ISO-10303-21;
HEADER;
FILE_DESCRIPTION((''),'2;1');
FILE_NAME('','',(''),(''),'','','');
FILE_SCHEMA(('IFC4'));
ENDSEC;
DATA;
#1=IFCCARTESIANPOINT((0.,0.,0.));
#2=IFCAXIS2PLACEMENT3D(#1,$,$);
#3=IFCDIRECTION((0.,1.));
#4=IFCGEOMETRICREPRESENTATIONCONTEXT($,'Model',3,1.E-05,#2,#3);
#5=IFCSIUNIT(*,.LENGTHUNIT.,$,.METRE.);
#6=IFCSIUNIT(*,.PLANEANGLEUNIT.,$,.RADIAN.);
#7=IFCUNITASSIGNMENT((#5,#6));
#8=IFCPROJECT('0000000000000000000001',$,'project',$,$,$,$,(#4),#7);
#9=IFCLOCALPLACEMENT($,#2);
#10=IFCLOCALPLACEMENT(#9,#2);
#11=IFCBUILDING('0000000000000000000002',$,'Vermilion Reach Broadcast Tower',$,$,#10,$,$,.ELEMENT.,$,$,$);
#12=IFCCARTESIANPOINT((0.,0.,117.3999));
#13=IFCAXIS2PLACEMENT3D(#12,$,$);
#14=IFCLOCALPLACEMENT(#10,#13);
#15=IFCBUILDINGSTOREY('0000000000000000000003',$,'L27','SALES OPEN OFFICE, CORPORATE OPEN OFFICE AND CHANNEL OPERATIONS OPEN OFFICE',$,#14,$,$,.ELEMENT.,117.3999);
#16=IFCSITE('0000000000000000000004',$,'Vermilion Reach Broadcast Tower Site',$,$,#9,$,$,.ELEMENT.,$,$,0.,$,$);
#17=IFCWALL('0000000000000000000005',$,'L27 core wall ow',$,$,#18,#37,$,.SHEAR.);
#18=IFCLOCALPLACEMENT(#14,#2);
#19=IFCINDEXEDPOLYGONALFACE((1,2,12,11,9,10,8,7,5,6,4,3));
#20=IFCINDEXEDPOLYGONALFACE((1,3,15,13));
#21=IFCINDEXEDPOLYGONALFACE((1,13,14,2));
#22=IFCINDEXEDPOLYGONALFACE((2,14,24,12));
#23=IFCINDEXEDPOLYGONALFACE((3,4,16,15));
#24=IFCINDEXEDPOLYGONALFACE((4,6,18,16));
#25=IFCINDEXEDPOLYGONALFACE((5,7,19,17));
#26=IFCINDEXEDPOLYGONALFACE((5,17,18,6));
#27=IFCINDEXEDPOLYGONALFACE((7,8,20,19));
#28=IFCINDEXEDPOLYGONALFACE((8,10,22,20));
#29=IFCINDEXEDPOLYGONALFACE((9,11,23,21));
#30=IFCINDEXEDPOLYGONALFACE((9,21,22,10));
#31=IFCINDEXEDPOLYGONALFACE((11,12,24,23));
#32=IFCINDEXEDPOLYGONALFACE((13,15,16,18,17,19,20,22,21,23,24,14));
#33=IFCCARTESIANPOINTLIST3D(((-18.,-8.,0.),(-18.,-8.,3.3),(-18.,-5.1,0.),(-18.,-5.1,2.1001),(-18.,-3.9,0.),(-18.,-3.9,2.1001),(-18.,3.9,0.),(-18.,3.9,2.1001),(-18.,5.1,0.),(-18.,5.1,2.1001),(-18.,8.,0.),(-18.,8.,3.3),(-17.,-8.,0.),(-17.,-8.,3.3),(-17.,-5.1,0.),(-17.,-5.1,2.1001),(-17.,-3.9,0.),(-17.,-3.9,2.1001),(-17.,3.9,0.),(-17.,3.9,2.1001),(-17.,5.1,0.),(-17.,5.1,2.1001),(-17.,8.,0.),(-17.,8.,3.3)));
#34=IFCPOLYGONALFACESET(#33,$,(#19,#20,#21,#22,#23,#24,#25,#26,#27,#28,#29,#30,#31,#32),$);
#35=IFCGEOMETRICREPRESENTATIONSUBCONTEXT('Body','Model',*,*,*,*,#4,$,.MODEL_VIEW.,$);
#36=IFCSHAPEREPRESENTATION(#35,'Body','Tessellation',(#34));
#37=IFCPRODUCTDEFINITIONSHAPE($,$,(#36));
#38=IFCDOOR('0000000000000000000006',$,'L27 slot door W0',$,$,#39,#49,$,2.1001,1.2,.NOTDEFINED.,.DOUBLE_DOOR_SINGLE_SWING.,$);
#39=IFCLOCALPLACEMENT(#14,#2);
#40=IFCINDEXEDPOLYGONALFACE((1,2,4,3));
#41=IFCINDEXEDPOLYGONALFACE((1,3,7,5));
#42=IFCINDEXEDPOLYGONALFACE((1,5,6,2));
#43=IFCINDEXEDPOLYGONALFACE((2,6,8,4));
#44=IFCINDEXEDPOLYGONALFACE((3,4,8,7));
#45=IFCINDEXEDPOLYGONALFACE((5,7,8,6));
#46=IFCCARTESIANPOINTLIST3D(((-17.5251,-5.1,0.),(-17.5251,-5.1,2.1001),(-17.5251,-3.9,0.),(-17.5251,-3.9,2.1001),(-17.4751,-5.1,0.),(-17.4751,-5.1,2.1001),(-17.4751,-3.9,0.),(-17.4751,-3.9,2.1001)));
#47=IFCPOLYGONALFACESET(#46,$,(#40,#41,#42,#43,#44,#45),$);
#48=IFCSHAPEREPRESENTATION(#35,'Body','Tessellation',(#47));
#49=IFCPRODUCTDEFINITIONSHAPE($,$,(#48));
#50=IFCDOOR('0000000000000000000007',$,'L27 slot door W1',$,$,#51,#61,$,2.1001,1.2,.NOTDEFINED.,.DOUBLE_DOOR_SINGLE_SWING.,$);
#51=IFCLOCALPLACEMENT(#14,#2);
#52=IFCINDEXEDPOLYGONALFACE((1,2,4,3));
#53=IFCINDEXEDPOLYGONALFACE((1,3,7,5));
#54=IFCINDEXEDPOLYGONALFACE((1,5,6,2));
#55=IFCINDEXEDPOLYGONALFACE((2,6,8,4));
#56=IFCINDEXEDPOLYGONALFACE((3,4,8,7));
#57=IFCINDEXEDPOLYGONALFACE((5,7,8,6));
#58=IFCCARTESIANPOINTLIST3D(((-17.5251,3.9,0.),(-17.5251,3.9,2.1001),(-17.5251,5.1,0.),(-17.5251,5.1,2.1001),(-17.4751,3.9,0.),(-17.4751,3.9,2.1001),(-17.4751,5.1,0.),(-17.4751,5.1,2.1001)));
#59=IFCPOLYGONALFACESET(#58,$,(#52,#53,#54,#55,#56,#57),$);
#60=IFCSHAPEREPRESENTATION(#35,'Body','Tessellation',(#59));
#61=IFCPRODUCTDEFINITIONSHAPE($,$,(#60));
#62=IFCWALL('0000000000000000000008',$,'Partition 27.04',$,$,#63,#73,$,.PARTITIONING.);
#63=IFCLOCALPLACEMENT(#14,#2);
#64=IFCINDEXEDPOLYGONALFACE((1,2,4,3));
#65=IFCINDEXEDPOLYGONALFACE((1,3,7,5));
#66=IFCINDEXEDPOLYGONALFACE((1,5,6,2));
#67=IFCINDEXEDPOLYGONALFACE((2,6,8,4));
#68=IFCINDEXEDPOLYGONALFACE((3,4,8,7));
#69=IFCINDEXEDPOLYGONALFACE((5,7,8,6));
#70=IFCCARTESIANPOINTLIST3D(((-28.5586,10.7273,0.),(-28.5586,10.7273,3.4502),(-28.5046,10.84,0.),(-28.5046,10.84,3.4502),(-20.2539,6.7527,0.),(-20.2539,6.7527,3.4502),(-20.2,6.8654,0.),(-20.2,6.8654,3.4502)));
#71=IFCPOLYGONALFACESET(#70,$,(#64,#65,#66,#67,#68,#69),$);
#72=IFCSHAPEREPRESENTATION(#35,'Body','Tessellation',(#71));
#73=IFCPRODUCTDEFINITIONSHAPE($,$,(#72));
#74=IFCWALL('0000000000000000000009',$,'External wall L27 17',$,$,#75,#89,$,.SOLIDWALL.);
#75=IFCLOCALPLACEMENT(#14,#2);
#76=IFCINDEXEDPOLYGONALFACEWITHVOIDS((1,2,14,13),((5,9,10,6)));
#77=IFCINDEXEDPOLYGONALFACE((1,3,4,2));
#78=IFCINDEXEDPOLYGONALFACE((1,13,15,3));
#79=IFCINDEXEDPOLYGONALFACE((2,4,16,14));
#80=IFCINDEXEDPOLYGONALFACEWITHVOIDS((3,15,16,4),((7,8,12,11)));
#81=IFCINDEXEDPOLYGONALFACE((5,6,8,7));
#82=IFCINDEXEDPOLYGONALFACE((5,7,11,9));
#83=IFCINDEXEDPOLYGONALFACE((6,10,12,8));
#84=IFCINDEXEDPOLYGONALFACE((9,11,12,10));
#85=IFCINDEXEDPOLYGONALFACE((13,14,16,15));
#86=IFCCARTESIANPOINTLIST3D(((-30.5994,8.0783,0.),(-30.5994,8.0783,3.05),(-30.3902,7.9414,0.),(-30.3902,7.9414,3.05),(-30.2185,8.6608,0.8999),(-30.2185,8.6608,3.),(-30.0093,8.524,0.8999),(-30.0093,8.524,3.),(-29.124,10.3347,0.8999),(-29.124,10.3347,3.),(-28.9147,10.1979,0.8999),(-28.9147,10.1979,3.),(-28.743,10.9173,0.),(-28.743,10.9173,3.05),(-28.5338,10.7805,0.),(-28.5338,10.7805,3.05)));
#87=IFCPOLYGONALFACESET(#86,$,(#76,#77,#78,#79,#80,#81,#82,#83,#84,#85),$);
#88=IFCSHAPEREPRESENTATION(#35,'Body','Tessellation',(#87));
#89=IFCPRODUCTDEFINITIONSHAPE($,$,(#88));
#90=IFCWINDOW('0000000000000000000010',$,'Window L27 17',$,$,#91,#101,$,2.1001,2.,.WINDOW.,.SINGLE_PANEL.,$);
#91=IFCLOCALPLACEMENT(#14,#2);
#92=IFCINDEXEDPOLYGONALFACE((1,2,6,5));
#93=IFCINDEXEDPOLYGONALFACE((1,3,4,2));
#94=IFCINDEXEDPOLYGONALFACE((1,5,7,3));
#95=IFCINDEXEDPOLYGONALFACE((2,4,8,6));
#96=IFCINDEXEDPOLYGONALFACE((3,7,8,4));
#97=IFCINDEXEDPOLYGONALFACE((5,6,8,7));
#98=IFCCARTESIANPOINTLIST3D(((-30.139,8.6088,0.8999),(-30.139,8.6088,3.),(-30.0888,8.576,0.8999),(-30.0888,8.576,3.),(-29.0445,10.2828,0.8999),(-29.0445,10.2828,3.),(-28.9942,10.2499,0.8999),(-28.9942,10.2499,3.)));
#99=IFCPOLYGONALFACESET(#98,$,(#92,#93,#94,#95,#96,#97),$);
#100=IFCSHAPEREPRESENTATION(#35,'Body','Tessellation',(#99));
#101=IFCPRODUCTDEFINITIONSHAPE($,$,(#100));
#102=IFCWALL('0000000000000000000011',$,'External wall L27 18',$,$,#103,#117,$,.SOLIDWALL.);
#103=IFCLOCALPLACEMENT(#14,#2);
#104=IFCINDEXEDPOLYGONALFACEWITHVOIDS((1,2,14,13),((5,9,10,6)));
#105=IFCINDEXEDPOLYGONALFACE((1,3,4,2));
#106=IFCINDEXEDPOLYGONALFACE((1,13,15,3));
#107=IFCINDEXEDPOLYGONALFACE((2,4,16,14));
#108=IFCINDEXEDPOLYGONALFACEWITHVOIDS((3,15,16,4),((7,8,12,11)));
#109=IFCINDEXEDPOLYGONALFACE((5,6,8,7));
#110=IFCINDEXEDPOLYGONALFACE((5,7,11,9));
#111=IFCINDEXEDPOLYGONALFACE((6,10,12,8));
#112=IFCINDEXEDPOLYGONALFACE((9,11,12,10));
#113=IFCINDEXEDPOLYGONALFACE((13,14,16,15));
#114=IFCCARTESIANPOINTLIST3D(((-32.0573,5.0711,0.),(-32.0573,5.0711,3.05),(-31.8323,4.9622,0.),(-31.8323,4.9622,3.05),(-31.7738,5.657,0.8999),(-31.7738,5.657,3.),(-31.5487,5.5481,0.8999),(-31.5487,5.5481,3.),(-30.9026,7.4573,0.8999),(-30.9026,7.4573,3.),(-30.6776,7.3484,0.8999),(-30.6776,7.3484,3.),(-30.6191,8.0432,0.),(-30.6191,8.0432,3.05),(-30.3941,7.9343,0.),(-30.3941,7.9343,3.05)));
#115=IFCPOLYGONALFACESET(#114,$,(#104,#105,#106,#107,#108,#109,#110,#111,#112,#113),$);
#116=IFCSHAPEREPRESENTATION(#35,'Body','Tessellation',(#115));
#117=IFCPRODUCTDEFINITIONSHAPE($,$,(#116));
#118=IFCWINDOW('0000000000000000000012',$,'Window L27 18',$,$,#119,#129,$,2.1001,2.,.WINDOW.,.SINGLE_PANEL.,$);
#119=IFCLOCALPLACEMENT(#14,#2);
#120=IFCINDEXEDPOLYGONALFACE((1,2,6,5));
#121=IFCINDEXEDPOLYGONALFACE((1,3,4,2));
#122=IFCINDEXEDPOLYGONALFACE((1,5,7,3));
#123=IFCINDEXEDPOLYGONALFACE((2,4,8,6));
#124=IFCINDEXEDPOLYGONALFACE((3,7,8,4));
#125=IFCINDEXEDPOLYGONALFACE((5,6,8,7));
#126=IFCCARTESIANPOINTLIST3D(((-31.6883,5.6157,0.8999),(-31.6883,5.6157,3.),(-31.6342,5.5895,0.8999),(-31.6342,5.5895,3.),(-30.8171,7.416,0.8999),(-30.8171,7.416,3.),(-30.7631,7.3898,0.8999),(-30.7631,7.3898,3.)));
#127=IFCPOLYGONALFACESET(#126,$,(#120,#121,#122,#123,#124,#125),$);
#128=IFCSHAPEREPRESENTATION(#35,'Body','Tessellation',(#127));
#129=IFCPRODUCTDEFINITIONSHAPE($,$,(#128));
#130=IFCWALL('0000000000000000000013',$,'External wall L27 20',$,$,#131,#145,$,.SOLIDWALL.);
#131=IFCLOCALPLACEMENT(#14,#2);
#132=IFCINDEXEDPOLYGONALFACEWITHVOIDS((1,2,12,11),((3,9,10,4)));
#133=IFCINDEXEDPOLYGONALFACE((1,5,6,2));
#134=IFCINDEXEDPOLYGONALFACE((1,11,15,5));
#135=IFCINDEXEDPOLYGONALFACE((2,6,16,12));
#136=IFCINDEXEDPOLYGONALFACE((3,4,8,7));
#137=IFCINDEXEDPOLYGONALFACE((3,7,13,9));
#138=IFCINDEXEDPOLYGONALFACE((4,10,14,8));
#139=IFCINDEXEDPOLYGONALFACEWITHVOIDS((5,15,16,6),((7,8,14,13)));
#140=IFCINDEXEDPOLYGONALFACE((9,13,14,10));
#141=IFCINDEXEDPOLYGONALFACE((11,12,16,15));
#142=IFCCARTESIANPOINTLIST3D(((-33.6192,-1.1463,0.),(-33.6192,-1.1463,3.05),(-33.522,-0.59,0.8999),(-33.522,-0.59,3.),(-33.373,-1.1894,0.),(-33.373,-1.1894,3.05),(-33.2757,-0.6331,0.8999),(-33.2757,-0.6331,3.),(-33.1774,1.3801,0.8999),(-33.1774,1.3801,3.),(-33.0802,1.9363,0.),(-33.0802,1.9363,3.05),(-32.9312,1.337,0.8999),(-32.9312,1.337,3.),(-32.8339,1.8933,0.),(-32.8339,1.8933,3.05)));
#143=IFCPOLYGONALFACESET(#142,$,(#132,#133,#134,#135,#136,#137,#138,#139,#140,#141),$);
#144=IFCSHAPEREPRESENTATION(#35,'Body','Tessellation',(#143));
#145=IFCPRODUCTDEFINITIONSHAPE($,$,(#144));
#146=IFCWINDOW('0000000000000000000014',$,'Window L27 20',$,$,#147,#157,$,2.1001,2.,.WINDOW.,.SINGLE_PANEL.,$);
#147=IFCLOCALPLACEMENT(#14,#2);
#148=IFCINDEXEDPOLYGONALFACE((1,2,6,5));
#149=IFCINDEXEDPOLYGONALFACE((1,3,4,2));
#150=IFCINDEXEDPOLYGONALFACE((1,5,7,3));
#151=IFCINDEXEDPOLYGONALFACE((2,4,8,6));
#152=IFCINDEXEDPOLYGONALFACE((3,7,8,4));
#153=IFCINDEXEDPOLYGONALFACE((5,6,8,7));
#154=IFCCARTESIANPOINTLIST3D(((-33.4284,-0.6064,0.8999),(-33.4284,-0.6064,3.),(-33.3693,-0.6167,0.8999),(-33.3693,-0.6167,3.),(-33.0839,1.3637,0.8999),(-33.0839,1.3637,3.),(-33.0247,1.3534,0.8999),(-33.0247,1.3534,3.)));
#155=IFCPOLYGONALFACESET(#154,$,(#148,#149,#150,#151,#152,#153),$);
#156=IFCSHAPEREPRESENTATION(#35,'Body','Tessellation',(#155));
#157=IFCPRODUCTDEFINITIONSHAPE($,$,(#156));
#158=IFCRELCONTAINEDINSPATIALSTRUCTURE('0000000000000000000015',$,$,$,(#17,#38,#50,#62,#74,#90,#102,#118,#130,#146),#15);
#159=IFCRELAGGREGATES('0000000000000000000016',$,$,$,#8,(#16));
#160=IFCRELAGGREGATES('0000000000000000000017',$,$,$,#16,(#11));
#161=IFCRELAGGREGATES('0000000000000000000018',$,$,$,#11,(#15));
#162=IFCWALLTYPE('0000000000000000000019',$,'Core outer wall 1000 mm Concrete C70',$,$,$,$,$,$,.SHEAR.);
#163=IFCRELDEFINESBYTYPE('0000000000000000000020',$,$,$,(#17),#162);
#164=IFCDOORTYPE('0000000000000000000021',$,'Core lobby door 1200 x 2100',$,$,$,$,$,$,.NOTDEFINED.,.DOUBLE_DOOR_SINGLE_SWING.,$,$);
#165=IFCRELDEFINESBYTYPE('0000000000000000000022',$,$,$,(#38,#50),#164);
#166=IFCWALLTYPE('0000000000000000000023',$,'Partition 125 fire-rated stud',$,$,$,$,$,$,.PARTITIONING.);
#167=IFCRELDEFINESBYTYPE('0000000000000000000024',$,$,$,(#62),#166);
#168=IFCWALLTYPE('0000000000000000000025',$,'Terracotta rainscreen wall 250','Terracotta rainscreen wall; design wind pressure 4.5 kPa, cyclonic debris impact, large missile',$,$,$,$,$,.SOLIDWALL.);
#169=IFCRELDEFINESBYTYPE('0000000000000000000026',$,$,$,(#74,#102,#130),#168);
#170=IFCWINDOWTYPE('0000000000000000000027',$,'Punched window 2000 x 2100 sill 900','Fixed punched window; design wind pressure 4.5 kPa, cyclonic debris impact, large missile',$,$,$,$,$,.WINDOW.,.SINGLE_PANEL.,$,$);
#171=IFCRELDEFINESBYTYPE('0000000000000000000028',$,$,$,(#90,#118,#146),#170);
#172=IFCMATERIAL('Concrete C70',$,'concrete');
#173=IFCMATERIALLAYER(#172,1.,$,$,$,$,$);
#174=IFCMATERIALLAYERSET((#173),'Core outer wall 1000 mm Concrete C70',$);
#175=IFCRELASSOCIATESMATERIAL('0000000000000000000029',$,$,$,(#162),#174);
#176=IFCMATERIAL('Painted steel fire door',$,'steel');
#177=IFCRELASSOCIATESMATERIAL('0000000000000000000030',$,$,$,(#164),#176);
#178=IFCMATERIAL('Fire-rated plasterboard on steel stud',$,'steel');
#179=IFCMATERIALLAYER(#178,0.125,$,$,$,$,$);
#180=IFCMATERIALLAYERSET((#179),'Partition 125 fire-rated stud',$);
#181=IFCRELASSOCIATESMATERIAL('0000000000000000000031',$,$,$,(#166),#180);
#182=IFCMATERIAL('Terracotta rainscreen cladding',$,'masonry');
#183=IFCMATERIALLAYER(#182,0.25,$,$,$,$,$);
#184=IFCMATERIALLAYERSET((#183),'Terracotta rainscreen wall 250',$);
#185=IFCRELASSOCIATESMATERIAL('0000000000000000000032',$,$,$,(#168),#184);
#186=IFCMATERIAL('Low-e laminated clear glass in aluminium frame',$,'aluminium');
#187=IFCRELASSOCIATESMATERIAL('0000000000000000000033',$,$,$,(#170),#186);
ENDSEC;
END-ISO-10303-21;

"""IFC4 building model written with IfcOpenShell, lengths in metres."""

from ifc_helpers import new_model, si_unit, direction, frame, frame_2d, origin, place, context, subcontext, project, spatial, rectangle, extrude, material, layer, layer_set, type_object, element, fill, save


model = new_model("IFC4")

# Units and contexts
model_context = context("Model", 3, precision=1e-05, world=origin(), true_north=direction((0.0, 1.0)))
body_context = subcontext(model_context, "Body", "Model", "MODEL_VIEW")
ifc_project = project(units=[si_unit("LENGTHUNIT", "METRE"), si_unit("PLANEANGLEUNIT", "RADIAN")], contexts=[model_context])

# Site, building, storey
site_placement = place(None, origin())
site = spatial("IfcSite", under=ifc_project, at=site_placement, Name="Vermilion Reach Broadcast Tower Site", CompositionType="ELEMENT", RefElevation=0.0)
building_placement = place(site_placement, origin())
building = spatial("IfcBuilding", under=site, at=building_placement, Name="Vermilion Reach Broadcast Tower", CompositionType="ELEMENT")
storey_placement = place(building_placement, frame((0.0, 0.0, 117.3999)))
storey = spatial("IfcBuildingStorey", under=building, at=storey_placement, Name="L27", Description="SALES OPEN OFFICE, CORPORATE OPEN OFFICE AND CHANNEL OPERATIONS OPEN OFFICE", CompositionType="ELEMENT", Elevation=117.3999)

# Wall, openings, doors
ifc_material_1 = material(Name="Concrete C70", Category="concrete")
ifc_layer_1 = layer(ifc_material_1, 1.0)
ifc_layer_set_1 = layer_set([ifc_layer_1], Name="Core outer wall 1000 mm Concrete C70")
wall_type_1 = type_object("IfcWallType", Name="Core outer wall 1000 mm Concrete C70", PredefinedType="SHEAR", material=ifc_layer_set_1)
wall_1_placement = place(storey_placement, frame((-17.5, 8.0, 0.0), z_axis=(0.0, 0.0, 1.0), x_axis=(0.0, -1.0, 0.0)))
wall_1 = element("IfcWall", 1, at=wall_1_placement, inside=storey, type_object=wall_type_1, Name="L27 core wall ow", PredefinedType="SHEAR", context=body_context, shape_type="SweptSolid", body=[
    extrude(rectangle(XDim=16.0, YDim=1.0, at=frame_2d((8.0, 0.0))), origin(), (0.0, 0.0, 1.0), 3.3),
])
opening_1_placement = place(wall_1_placement, frame((11.8999, 0.0, 0.0)))
opening_1 = element("IfcOpeningElement", 2, at=opening_1_placement, cuts=wall_1, PredefinedType="OPENING", context=body_context, shape_type="SweptSolid", body=[
    extrude(rectangle(XDim=1.2, YDim=2.1001, at=frame_2d((0.6001, 1.05))), frame((0.0, 0.51, 0.0), z_axis=(0.0, -1.0, 0.0), x_axis=(1.0, 0.0, 0.0)), (0.0, 0.0, 1.0), 1.02),
])
opening_2_placement = place(wall_1_placement, frame((2.8999, 0.0, 0.0)))
opening_2 = element("IfcOpeningElement", 3, at=opening_2_placement, cuts=wall_1, PredefinedType="OPENING", context=body_context, shape_type="SweptSolid", body=[
    extrude(rectangle(XDim=1.2, YDim=2.1001, at=frame_2d((0.6001, 1.05))), frame((0.0, 0.51, 0.0), z_axis=(0.0, -1.0, 0.0), x_axis=(1.0, 0.0, 0.0)), (0.0, 0.0, 1.0), 1.02),
])
ifc_material_2 = material(Name="Painted steel fire door", Category="steel")
door_type_1 = type_object("IfcDoorType", Name="Core lobby door 1200 x 2100", OperationType="DOUBLE_DOOR_SINGLE_SWING", PredefinedType="NOTDEFINED", material=ifc_material_2)
door_1_placement = place(opening_1_placement, origin())
door_1 = element("IfcDoor", 4, at=door_1_placement, inside=storey, type_object=door_type_1, Name="L27 slot door W0", OperationType="DOUBLE_DOOR_SINGLE_SWING", OverallHeight=2.1001, OverallWidth=1.2, PredefinedType="NOTDEFINED", context=body_context, shape_type="SweptSolid", body=[
    extrude(rectangle(XDim=1.2, YDim=2.1001, at=frame_2d((0.6001, 1.05))), frame((0.0, 0.0249, 0.0), z_axis=(0.0, -1.0, 0.0), x_axis=(1.0, 0.0, 0.0)), (0.0, 0.0, 1.0), 0.05),
])
fill(opening_1, door_1)
door_2_placement = place(opening_2_placement, origin())
door_2 = element("IfcDoor", 5, at=door_2_placement, inside=storey, type_object=door_type_1, Name="L27 slot door W1", OperationType="DOUBLE_DOOR_SINGLE_SWING", OverallHeight=2.1001, OverallWidth=1.2, PredefinedType="NOTDEFINED", context=body_context, shape_type="SweptSolid", body=[
    extrude(rectangle(XDim=1.2, YDim=2.1001, at=frame_2d((0.6001, 1.05))), frame((0.0, 0.0249, 0.0), z_axis=(0.0, -1.0, 0.0), x_axis=(1.0, 0.0, 0.0)), (0.0, 0.0, 1.0), 0.05),
])
fill(opening_2, door_2)

# Wall
ifc_material_3 = material(Name="Fire-rated plasterboard on steel stud", Category="steel")
ifc_layer_2 = layer(ifc_material_3, 0.125)
ifc_layer_set_2 = layer_set([ifc_layer_2], Name="Partition 125 fire-rated stud")
wall_type_2 = type_object("IfcWallType", Name="Partition 125 fire-rated stud", PredefinedType="PARTITIONING", material=ifc_layer_set_2)
wall_2_placement = place(storey_placement, frame((-28.5317, 10.7837, 0.0), z_axis=(0.0, 0.0, 1.0), x_axis=(0.902016, -0.431703, 0.0)))
element("IfcWall", 6, at=wall_2_placement, inside=storey, type_object=wall_type_2, Name="Partition 27.04", PredefinedType="PARTITIONING", context=body_context, shape_type="SweptSolid", body=[
    extrude(rectangle(XDim=9.2068, YDim=0.125, at=frame_2d((4.6035, 0.0))), origin(), (0.0, 0.0, 1.0), 3.4502),
])

# Walls, openings, windows
ifc_material_4 = material(Name="Terracotta rainscreen cladding", Category="masonry")
ifc_layer_3 = layer(ifc_material_4, 0.25)
ifc_layer_set_3 = layer_set([ifc_layer_3], Name="Terracotta rainscreen wall 250")
wall_type_3 = type_object("IfcWallType", Name="Terracotta rainscreen wall 250", Description="Terracotta rainscreen wall; design wind pressure 4.5 kPa, cyclonic debris impact, large missile", PredefinedType="SOLIDWALL", material=ifc_layer_set_3)
wall_3_placement = place(storey_placement, frame((-28.6384, 10.8489, 0.0), z_axis=(0.0, 0.0, 1.0), x_axis=(-0.547271, -0.836956, 0.0)))
wall_3 = element("IfcWall", 7, at=wall_3_placement, inside=storey, type_object=wall_type_3, Name="External wall L27 17", PredefinedType="SOLIDWALL", context=body_context, shape_type="SweptSolid", body=[
    extrude(rectangle(XDim=3.3921, YDim=0.25, at=frame_2d((1.696, 0.0))), origin(), (0.0, 0.0, 1.0), 3.05),
])
opening_3_placement = place(wall_3_placement, frame((0.696, 0.0, 0.8999)))
opening_3 = element("IfcOpeningElement", 8, at=opening_3_placement, cuts=wall_3, PredefinedType="OPENING", context=body_context, shape_type="SweptSolid", body=[
    extrude(rectangle(XDim=2.0, YDim=2.1001, at=frame_2d((1.0, 1.05))), frame((0.0, 0.135, 0.0), z_axis=(0.0, -1.0, 0.0), x_axis=(1.0, 0.0, 0.0)), (0.0, 0.0, 1.0), 0.27),
])
ifc_material_5 = material(Name="Low-e laminated clear glass in aluminium frame", Category="aluminium")
window_type = type_object("IfcWindowType", Name="Punched window 2000 x 2100 sill 900", Description="Fixed punched window; design wind pressure 4.5 kPa, cyclonic debris impact, large missile", PartitioningType="SINGLE_PANEL", PredefinedType="WINDOW", material=ifc_material_5)
window_1_placement = place(opening_3_placement, origin())
window_1 = element("IfcWindow", 9, at=window_1_placement, inside=storey, type_object=window_type, Name="Window L27 17", OverallHeight=2.1001, OverallWidth=2.0, PartitioningType="SINGLE_PANEL", PredefinedType="WINDOW", context=body_context, shape_type="SweptSolid", body=[
    extrude(rectangle(XDim=2.0, YDim=2.1001, at=frame_2d((1.0, 1.05))), frame((0.0, 0.03, 0.0), z_axis=(0.0, -1.0, 0.0), x_axis=(1.0, 0.0, 0.0)), (0.0, 0.0, 1.0), 0.0601),
])
fill(opening_3, window_1)
wall_4_placement = place(storey_placement, frame((-30.5066, 7.9888, 0.0), z_axis=(0.0, 0.0, 1.0), x_axis=(-0.435582, -0.900149, 0.0)))
wall_4 = element("IfcWall", 10, at=wall_4_placement, inside=storey, type_object=wall_type_3, Name="External wall L27 18", PredefinedType="SOLIDWALL", context=body_context, shape_type="SweptSolid", body=[
    extrude(rectangle(XDim=3.3018, YDim=0.25, at=frame_2d((1.6509, 0.0))), origin(), (0.0, 0.0, 1.0), 3.05),
])
opening_4_placement = place(wall_4_placement, frame((0.6509, 0.0, 0.8999)))
opening_4 = element("IfcOpeningElement", 11, at=opening_4_placement, cuts=wall_4, PredefinedType="OPENING", context=body_context, shape_type="SweptSolid", body=[
    extrude(rectangle(XDim=2.0, YDim=2.1001, at=frame_2d((1.0, 1.05))), frame((0.0, 0.135, 0.0), z_axis=(0.0, -1.0, 0.0), x_axis=(1.0, 0.0, 0.0)), (0.0, 0.0, 1.0), 0.27),
])
window_2_placement = place(opening_4_placement, origin())
window_2 = element("IfcWindow", 12, at=window_2_placement, inside=storey, type_object=window_type, Name="Window L27 18", OverallHeight=2.1001, OverallWidth=2.0, PartitioningType="SINGLE_PANEL", PredefinedType="WINDOW", context=body_context, shape_type="SweptSolid", body=[
    extrude(rectangle(XDim=2.0, YDim=2.1001, at=frame_2d((1.0, 1.05))), frame((0.0, 0.03, 0.0), z_axis=(0.0, -1.0, 0.0), x_axis=(1.0, 0.0, 0.0)), (0.0, 0.0, 1.0), 0.0601),
])
fill(opening_4, window_2)

# Wall, opening, window
wall_5_placement = place(storey_placement, frame((-32.957, 1.9148, 0.0), z_axis=(0.0, 0.0, 1.0), x_axis=(-0.172263, -0.985051, 0.0)))
wall_5 = element("IfcWall", 13, at=wall_5_placement, inside=storey, type_object=wall_type_3, Name="External wall L27 20", PredefinedType="SOLIDWALL", context=body_context, shape_type="SweptSolid", body=[
    extrude(rectangle(XDim=3.1294, YDim=0.25, at=frame_2d((1.5647, 0.0))), origin(), (0.0, 0.0, 1.0), 3.05),
])
opening_5_placement = place(wall_5_placement, frame((0.5647, 0.0, 0.8999)))
opening_5 = element("IfcOpeningElement", 14, at=opening_5_placement, cuts=wall_5, PredefinedType="OPENING", context=body_context, shape_type="SweptSolid", body=[
    extrude(rectangle(XDim=2.0, YDim=2.1001, at=frame_2d((1.0, 1.05))), frame((0.0, 0.135, 0.0), z_axis=(0.0, -1.0, 0.0), x_axis=(1.0, 0.0, 0.0)), (0.0, 0.0, 1.0), 0.27),
])
window_3_placement = place(opening_5_placement, origin())
window_3 = element("IfcWindow", 15, at=window_3_placement, inside=storey, type_object=window_type, Name="Window L27 20", OverallHeight=2.1001, OverallWidth=2.0, PartitioningType="SINGLE_PANEL", PredefinedType="WINDOW", context=body_context, shape_type="SweptSolid", body=[
    extrude(rectangle(XDim=2.0, YDim=2.1001, at=frame_2d((1.0, 1.05))), frame((0.0, 0.03, 0.0), z_axis=(0.0, -1.0, 0.0), x_axis=(1.0, 0.0, 0.0)), (0.0, 0.0, 1.0), 0.0601),
])
fill(opening_5, window_3)

save(model, "model.ifc")
